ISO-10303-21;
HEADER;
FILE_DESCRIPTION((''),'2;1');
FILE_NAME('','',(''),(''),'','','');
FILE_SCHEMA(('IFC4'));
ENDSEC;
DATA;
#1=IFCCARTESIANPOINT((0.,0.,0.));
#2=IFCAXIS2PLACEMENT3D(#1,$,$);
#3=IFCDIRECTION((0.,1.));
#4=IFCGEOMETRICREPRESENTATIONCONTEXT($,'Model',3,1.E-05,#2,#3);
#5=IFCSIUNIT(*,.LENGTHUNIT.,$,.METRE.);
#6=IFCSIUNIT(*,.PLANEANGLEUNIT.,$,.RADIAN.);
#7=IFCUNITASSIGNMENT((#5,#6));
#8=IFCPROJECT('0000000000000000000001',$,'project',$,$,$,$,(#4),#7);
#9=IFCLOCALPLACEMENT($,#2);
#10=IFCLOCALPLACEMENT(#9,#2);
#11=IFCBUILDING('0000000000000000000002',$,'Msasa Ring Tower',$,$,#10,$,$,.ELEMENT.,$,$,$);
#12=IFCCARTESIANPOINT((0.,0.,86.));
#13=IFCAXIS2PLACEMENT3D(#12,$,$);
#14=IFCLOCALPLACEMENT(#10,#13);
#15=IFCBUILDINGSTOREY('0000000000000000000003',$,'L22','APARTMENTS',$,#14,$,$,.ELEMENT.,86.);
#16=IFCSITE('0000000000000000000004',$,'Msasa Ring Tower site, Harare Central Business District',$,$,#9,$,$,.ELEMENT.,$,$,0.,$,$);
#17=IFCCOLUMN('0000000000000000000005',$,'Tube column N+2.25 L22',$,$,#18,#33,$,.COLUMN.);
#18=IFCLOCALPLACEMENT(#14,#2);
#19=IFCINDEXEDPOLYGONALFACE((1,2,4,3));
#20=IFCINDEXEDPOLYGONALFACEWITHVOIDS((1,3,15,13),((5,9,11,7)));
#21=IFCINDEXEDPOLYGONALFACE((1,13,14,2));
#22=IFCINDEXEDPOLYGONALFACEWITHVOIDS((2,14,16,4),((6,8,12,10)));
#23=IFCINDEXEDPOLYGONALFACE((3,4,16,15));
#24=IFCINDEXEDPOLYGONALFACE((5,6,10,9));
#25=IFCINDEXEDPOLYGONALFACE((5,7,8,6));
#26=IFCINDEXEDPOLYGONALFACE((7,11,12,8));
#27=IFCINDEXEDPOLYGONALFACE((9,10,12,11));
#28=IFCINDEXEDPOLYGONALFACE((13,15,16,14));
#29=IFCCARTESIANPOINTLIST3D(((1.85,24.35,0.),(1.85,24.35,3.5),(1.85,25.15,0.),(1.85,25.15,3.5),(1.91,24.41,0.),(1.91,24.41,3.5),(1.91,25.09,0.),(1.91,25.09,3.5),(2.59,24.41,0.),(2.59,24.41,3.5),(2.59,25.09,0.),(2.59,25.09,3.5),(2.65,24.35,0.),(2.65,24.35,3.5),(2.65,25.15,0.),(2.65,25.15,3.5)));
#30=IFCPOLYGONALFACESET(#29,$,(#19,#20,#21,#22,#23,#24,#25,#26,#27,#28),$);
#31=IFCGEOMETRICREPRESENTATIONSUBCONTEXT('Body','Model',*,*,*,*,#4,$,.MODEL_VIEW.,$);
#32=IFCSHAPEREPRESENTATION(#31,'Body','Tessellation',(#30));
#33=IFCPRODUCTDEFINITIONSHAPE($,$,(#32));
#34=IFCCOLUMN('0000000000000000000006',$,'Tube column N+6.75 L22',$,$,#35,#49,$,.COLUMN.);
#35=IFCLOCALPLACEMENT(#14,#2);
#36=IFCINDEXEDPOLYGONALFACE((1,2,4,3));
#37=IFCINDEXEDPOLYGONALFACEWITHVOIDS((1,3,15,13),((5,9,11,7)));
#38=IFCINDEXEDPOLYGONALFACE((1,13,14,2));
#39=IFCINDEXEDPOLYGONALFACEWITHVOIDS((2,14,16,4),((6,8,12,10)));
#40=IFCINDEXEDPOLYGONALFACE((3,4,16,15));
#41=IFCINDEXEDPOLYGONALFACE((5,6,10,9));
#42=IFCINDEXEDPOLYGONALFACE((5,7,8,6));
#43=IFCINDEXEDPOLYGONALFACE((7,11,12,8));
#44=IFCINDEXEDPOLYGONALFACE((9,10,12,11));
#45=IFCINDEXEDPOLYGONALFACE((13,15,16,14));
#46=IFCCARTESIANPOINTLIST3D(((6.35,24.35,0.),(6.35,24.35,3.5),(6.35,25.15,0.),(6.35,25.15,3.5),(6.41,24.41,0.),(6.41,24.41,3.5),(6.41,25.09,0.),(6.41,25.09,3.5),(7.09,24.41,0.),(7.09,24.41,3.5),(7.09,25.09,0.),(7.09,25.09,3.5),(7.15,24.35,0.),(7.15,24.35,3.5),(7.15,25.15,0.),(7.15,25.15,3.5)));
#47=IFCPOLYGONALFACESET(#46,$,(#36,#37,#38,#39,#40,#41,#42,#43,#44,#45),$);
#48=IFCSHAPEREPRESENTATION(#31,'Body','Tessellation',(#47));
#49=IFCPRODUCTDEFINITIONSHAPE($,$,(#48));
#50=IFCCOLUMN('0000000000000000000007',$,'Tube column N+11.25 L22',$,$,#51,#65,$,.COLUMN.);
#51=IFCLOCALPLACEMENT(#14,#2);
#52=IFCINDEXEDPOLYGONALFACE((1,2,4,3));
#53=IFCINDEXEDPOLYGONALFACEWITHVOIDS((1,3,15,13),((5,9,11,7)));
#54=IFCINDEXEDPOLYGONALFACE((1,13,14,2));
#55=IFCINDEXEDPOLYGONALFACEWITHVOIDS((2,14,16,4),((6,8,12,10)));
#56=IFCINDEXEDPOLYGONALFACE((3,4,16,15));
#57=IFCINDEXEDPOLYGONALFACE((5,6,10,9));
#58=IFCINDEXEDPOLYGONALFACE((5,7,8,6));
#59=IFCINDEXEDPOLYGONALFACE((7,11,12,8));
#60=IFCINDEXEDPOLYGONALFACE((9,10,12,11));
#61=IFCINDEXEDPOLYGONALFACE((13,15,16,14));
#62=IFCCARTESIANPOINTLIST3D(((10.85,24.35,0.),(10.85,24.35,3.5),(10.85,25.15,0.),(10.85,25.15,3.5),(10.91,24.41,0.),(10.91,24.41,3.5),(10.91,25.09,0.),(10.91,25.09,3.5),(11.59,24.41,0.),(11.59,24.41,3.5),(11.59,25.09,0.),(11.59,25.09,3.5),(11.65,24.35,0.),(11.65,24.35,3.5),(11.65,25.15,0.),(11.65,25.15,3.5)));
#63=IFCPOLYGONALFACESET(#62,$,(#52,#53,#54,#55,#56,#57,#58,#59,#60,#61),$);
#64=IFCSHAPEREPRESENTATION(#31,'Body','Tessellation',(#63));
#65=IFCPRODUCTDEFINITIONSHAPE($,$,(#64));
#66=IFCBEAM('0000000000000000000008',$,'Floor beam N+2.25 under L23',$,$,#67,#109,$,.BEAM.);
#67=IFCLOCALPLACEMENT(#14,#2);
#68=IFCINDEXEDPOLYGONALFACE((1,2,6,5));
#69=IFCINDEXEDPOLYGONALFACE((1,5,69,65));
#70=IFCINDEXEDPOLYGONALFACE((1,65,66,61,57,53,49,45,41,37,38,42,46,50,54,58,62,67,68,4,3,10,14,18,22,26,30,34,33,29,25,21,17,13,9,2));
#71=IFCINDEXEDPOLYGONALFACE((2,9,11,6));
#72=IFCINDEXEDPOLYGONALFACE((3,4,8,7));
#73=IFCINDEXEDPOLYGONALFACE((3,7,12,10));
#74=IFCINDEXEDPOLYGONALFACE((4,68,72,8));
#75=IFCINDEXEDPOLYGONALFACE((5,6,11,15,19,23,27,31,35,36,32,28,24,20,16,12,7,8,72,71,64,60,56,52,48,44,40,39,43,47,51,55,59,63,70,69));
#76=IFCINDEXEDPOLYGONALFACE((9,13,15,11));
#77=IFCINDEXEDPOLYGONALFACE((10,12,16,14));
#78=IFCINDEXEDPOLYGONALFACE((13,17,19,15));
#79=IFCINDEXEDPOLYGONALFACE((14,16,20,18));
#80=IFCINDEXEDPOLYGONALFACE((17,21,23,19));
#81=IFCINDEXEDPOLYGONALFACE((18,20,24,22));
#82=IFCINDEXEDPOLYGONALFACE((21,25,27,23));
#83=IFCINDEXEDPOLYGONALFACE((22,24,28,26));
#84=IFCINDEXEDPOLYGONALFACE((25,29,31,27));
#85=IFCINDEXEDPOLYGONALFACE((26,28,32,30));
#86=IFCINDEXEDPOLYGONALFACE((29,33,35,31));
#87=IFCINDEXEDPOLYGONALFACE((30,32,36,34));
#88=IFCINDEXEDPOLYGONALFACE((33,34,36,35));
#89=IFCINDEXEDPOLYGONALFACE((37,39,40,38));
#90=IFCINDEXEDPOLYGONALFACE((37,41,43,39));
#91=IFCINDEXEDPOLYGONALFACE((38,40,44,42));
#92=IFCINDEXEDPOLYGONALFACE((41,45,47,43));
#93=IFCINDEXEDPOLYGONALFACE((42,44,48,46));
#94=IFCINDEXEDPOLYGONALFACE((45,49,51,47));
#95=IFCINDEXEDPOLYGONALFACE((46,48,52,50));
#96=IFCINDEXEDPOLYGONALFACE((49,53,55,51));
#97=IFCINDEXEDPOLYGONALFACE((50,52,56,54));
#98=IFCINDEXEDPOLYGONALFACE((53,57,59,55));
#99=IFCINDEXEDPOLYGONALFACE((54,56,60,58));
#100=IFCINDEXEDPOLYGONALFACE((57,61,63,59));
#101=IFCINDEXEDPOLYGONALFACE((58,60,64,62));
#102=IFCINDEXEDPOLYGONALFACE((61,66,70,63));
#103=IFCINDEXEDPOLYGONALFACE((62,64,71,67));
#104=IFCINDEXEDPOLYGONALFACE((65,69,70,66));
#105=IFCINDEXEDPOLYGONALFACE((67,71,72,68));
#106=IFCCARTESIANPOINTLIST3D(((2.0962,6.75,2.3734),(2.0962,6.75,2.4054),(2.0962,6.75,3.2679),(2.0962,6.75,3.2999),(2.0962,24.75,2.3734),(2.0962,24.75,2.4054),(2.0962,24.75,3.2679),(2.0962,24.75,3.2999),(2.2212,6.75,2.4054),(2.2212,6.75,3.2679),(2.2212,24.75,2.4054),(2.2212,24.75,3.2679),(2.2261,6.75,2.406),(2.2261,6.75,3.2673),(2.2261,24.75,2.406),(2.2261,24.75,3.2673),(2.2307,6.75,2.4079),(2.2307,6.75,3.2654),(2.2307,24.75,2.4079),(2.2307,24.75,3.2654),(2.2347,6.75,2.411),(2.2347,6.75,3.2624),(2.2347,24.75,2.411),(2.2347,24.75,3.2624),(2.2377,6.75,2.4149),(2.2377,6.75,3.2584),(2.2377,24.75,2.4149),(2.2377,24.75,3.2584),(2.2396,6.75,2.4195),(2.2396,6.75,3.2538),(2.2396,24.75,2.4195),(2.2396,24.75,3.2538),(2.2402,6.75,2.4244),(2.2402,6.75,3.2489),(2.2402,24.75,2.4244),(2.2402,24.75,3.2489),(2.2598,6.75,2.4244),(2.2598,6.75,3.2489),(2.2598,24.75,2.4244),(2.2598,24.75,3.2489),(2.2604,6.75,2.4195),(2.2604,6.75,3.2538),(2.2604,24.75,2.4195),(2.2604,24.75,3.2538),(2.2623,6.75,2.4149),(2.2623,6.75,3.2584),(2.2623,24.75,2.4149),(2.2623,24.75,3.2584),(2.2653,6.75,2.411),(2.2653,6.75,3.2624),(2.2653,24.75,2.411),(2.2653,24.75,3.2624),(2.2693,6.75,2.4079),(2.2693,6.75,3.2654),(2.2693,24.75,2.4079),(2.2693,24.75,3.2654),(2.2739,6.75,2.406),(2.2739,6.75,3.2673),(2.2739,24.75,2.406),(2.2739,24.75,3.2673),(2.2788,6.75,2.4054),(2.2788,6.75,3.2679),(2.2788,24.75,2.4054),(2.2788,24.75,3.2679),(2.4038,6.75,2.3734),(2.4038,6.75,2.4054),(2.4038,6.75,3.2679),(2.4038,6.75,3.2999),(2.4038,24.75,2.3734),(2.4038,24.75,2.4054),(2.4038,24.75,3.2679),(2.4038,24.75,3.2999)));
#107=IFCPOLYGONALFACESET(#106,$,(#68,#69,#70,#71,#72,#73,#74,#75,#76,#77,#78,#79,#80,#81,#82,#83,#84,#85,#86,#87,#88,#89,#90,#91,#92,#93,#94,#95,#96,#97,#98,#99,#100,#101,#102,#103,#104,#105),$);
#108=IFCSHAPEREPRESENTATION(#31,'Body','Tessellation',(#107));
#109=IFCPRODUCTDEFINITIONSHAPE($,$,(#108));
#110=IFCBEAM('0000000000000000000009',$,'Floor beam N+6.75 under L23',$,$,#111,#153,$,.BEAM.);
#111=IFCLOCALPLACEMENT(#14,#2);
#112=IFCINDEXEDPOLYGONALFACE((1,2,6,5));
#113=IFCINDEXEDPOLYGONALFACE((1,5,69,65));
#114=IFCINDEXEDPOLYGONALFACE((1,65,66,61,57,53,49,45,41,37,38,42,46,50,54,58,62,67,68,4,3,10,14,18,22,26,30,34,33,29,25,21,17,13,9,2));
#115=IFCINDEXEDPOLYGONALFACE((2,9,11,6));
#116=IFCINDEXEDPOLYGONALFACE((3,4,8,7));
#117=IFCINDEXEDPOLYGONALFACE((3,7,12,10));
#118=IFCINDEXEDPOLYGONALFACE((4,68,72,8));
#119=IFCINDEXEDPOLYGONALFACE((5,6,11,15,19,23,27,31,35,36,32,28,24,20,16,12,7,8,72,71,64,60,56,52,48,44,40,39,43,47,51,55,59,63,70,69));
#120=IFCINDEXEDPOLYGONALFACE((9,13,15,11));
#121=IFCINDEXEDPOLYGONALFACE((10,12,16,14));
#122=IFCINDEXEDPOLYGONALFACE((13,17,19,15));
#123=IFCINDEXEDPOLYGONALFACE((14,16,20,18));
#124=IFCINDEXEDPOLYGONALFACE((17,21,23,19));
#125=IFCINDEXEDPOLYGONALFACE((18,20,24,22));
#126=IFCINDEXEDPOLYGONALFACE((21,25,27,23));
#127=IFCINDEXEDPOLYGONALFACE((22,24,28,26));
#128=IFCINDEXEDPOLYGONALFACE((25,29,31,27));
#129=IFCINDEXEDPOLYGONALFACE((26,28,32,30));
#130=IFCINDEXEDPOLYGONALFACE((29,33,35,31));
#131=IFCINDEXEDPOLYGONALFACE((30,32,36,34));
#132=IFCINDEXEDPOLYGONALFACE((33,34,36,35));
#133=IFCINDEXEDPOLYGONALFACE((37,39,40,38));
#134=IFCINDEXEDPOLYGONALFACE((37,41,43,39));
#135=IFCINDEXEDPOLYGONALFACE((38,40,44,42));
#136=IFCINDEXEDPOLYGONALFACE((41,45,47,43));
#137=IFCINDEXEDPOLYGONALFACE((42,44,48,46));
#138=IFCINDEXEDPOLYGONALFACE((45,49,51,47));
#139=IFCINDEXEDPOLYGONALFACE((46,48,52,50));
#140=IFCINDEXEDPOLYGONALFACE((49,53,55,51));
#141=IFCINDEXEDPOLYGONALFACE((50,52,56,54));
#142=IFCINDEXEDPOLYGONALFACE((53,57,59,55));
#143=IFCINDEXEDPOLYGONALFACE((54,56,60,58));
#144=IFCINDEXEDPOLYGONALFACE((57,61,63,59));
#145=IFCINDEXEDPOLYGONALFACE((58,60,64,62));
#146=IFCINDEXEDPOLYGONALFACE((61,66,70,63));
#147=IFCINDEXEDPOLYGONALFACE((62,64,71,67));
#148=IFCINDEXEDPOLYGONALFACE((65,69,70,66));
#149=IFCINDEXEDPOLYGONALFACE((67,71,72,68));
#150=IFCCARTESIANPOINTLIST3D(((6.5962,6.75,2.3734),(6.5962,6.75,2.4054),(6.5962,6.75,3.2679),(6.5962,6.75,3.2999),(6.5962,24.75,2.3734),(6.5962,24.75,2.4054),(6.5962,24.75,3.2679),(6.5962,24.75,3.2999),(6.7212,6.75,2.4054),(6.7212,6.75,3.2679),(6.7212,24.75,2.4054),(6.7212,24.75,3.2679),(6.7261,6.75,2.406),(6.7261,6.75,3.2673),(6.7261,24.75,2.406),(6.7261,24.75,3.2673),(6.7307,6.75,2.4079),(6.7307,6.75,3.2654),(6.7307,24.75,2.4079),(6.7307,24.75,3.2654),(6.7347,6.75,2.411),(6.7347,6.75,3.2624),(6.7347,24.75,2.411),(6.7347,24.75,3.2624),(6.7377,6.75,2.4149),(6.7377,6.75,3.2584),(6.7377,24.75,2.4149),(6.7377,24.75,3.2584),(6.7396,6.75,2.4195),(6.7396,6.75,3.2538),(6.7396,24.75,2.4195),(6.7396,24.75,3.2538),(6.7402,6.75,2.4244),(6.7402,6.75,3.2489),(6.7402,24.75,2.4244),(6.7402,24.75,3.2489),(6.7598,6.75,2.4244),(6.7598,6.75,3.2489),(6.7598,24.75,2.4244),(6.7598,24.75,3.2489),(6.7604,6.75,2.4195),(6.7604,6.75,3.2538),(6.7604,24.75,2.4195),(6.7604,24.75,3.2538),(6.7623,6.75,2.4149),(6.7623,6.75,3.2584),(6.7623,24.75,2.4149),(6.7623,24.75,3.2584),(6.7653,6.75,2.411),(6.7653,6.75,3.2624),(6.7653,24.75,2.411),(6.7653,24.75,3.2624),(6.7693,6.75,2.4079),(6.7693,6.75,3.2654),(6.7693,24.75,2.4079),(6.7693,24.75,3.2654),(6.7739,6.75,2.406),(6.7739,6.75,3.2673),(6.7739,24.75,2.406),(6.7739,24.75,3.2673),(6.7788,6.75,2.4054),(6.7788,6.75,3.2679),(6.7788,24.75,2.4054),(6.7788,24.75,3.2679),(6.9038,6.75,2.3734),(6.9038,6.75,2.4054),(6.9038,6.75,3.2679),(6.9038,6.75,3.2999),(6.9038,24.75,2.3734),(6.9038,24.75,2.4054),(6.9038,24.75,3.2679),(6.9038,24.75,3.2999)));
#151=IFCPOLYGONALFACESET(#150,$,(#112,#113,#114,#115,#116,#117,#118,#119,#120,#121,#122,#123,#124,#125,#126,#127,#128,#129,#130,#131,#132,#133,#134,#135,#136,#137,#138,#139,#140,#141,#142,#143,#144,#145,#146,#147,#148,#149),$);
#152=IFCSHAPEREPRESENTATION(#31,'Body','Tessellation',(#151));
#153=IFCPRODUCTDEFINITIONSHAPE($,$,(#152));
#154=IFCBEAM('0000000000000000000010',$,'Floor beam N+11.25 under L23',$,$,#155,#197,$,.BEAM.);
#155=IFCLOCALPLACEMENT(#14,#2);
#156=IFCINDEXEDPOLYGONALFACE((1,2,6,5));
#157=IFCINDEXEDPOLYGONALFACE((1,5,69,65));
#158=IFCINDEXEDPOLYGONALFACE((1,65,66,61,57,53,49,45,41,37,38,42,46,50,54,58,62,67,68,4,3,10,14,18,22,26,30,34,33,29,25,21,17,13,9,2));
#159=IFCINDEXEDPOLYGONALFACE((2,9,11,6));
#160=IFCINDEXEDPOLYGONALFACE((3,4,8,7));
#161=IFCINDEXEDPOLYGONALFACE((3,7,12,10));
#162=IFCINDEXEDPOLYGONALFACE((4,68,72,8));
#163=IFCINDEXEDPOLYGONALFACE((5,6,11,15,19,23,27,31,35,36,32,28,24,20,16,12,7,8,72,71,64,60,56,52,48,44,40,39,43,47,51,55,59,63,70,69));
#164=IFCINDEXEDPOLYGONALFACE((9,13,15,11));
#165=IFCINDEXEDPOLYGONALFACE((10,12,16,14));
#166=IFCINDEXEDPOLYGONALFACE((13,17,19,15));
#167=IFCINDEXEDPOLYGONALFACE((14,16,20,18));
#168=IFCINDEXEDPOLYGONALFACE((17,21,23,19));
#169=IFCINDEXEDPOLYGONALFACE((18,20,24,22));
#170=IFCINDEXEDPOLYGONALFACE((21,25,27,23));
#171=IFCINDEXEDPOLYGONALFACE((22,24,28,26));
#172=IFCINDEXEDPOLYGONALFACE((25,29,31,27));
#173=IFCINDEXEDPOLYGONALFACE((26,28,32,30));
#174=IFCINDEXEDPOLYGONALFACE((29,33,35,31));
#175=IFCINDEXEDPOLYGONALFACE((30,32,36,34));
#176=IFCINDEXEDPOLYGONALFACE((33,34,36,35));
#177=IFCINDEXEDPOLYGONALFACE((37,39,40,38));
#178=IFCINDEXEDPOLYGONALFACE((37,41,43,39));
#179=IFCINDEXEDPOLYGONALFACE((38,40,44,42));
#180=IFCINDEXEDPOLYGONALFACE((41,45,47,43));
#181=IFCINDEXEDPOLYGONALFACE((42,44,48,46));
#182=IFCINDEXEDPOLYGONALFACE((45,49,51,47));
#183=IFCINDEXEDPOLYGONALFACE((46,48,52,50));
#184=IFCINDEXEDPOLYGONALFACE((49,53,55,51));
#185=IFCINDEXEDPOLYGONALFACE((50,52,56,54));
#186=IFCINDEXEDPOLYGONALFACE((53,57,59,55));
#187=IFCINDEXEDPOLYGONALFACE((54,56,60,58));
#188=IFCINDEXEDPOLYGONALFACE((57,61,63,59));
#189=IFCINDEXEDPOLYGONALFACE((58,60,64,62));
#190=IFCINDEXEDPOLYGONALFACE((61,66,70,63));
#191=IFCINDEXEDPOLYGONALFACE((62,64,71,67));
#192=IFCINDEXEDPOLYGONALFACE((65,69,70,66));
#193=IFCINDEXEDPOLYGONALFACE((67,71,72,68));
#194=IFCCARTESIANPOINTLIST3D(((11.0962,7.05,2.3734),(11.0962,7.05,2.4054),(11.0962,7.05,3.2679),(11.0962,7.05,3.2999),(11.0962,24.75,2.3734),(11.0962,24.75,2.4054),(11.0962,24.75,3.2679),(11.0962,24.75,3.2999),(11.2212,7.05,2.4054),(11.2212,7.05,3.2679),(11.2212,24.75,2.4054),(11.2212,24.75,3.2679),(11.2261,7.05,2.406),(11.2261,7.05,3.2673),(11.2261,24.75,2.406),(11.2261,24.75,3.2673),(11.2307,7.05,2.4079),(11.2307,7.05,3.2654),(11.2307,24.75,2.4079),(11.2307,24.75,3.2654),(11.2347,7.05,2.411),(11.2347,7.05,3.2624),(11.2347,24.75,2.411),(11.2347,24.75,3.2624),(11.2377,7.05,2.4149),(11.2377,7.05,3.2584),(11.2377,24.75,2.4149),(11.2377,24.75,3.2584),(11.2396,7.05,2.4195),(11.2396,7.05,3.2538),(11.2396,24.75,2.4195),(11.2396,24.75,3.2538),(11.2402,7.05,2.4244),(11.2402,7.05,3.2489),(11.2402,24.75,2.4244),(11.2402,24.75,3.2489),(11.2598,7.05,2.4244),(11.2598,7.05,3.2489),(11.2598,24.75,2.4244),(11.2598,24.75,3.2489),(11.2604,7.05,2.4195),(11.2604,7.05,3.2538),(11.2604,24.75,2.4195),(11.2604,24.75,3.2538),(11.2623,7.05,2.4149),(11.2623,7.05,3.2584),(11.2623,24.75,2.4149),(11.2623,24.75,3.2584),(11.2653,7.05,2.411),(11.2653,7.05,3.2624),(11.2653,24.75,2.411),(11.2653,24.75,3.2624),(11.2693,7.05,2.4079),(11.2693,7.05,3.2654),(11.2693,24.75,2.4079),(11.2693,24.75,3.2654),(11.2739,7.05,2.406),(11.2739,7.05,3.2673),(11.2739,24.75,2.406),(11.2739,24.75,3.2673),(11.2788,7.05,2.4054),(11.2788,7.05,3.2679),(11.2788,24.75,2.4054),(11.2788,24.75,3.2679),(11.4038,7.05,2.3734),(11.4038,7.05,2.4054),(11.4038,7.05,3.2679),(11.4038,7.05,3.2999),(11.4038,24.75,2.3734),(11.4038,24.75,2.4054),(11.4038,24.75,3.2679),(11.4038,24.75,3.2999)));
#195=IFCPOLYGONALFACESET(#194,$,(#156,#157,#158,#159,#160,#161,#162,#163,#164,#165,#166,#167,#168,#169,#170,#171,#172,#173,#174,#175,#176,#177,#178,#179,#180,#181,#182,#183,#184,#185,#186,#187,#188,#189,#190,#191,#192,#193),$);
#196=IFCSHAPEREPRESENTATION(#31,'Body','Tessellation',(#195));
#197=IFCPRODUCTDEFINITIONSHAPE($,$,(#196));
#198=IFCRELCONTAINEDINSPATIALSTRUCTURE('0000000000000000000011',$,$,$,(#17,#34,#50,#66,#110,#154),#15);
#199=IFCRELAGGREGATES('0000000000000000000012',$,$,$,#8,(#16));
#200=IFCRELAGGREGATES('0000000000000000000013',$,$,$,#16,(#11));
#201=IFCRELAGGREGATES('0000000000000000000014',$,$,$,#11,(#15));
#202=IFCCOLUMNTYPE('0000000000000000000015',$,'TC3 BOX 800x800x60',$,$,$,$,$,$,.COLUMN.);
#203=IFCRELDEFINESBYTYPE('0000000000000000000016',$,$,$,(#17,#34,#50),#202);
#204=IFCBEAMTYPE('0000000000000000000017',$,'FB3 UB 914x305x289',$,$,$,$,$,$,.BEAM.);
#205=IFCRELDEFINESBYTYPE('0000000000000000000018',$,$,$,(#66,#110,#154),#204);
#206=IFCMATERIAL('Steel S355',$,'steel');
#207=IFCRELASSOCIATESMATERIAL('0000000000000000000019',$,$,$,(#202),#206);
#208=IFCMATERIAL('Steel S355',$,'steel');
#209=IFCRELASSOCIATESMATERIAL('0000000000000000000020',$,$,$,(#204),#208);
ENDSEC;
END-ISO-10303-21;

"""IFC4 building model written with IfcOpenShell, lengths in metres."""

from ifc_helpers import new_model, si_unit, direction, frame, origin, origin_2d, place, context, subcontext, project, spatial, hollow_rectangle, i_section, extrude, material, material_profile, profile_set, type_object, element, save


model = new_model("IFC4")

# Units and contexts
model_context = context("Model", 3, precision=1e-05, world=origin(), true_north=direction((0.0, 1.0)))
body_context = subcontext(model_context, "Body", "Model", "MODEL_VIEW")
ifc_project = project(units=[si_unit("LENGTHUNIT", "METRE"), si_unit("PLANEANGLEUNIT", "RADIAN")], contexts=[model_context])

# Site, building, storey
site_placement = place(None, origin())
site = spatial("IfcSite", under=ifc_project, at=site_placement, Name="Msasa Ring Tower site, Harare Central Business District", CompositionType="ELEMENT", RefElevation=0.0)
building_placement = place(site_placement, origin())
building = spatial("IfcBuilding", under=site, at=building_placement, Name="Msasa Ring Tower", CompositionType="ELEMENT")
storey_placement = place(building_placement, frame((0.0, 0.0, 86.0)))
storey = spatial("IfcBuildingStorey", under=building, at=storey_placement, Name="L22", Description="APARTMENTS", CompositionType="ELEMENT", Elevation=86.0)

# Columns
ifc_material_1 = material(Name="Steel S355", Category="steel")
ifc_material_profile_1 = material_profile(ifc_material_1, hollow_rectangle(XDim=0.8, YDim=0.8, WallThickness=0.0601, at=origin_2d()), Name="BOX 800x800x60")
ifc_profile_set_1 = profile_set([ifc_material_profile_1], Name="Steel S355")
column_type = type_object("IfcColumnType", Name="TC3 BOX 800x800x60", PredefinedType="COLUMN", material=ifc_profile_set_1)
for number, where, z_axis, x_axis, name in (
    (1, (2.25, 24.75, 0.0), (0.0, 0.0, 1.0), (0.0, 1.0, 0.0), "Tube column N+2.25 L22"),
    (2, (6.75, 24.75, 0.0), (0.0, 0.0, 1.0), (0.0, 1.0, 0.0), "Tube column N+6.75 L22"),
    (3, (11.25, 24.75, 0.0), (0.0, 0.0, 1.0), (0.0, 1.0, 0.0), "Tube column N+11.25 L22"),
):
    element("IfcColumn", number, at=place(storey_placement, frame(where, z_axis=z_axis, x_axis=x_axis)), inside=storey, type_object=column_type, Name=name, PredefinedType="COLUMN", context=body_context, shape_type="SweptSolid", body=[
        extrude(hollow_rectangle(XDim=0.8, YDim=0.8, WallThickness=0.0601, at=origin_2d()), origin(), (0.0, 0.0, 1.0), 3.5),
    ])

# Beams
ifc_material_2 = material(Name="Steel S355", Category="steel")
ifc_material_profile_2 = material_profile(ifc_material_2, i_section(OverallWidth=0.3076, OverallDepth=0.9265, WebThickness=0.0195, FlangeThickness=0.032, FilletRadius=0.019, at=origin_2d()), Name="UB 914x305x289")
ifc_profile_set_2 = profile_set([ifc_material_profile_2], Name="Steel S355")
beam_type_1 = type_object("IfcBeamType", Name="FB3 UB 914x305x289", PredefinedType="BEAM", material=ifc_profile_set_2)
for number, where, z_axis, x_axis, name in (
    (4, (2.25, 24.75, 2.8367), (0.0, -1.0, 0.0), (1.0, 0.0, 0.0), "Floor beam N+2.25 under L23"),
    (5, (6.75, 24.75, 2.8367), (0.0, -1.0, 0.0), (1.0, 0.0, 0.0), "Floor beam N+6.75 under L23"),
):
    element("IfcBeam", number, at=place(storey_placement, frame(where, z_axis=z_axis, x_axis=x_axis)), inside=storey, type_object=beam_type_1, Name=name, PredefinedType="BEAM", context=body_context, shape_type="SweptSolid", body=[
        extrude(i_section(OverallWidth=0.3076, OverallDepth=0.9265, WebThickness=0.0195, FlangeThickness=0.032, FilletRadius=0.019, at=origin_2d()), origin(), (0.0, 0.0, 1.0), 18.0),
    ])
beam_placement = place(storey_placement, frame((11.25, 24.75, 2.8367), z_axis=(0.0, -1.0, 0.0), x_axis=(1.0, 0.0, 0.0)))
element("IfcBeam", 6, at=beam_placement, inside=storey, type_object=beam_type_1, Name="Floor beam N+11.25 under L23", PredefinedType="BEAM", context=body_context, shape_type="SweptSolid", body=[
    extrude(i_section(OverallWidth=0.3076, OverallDepth=0.9265, WebThickness=0.0195, FlangeThickness=0.032, FilletRadius=0.019, at=origin_2d()), origin(), (0.0, 0.0, 1.0), 17.7),
])

save(model, "model.ifc")
